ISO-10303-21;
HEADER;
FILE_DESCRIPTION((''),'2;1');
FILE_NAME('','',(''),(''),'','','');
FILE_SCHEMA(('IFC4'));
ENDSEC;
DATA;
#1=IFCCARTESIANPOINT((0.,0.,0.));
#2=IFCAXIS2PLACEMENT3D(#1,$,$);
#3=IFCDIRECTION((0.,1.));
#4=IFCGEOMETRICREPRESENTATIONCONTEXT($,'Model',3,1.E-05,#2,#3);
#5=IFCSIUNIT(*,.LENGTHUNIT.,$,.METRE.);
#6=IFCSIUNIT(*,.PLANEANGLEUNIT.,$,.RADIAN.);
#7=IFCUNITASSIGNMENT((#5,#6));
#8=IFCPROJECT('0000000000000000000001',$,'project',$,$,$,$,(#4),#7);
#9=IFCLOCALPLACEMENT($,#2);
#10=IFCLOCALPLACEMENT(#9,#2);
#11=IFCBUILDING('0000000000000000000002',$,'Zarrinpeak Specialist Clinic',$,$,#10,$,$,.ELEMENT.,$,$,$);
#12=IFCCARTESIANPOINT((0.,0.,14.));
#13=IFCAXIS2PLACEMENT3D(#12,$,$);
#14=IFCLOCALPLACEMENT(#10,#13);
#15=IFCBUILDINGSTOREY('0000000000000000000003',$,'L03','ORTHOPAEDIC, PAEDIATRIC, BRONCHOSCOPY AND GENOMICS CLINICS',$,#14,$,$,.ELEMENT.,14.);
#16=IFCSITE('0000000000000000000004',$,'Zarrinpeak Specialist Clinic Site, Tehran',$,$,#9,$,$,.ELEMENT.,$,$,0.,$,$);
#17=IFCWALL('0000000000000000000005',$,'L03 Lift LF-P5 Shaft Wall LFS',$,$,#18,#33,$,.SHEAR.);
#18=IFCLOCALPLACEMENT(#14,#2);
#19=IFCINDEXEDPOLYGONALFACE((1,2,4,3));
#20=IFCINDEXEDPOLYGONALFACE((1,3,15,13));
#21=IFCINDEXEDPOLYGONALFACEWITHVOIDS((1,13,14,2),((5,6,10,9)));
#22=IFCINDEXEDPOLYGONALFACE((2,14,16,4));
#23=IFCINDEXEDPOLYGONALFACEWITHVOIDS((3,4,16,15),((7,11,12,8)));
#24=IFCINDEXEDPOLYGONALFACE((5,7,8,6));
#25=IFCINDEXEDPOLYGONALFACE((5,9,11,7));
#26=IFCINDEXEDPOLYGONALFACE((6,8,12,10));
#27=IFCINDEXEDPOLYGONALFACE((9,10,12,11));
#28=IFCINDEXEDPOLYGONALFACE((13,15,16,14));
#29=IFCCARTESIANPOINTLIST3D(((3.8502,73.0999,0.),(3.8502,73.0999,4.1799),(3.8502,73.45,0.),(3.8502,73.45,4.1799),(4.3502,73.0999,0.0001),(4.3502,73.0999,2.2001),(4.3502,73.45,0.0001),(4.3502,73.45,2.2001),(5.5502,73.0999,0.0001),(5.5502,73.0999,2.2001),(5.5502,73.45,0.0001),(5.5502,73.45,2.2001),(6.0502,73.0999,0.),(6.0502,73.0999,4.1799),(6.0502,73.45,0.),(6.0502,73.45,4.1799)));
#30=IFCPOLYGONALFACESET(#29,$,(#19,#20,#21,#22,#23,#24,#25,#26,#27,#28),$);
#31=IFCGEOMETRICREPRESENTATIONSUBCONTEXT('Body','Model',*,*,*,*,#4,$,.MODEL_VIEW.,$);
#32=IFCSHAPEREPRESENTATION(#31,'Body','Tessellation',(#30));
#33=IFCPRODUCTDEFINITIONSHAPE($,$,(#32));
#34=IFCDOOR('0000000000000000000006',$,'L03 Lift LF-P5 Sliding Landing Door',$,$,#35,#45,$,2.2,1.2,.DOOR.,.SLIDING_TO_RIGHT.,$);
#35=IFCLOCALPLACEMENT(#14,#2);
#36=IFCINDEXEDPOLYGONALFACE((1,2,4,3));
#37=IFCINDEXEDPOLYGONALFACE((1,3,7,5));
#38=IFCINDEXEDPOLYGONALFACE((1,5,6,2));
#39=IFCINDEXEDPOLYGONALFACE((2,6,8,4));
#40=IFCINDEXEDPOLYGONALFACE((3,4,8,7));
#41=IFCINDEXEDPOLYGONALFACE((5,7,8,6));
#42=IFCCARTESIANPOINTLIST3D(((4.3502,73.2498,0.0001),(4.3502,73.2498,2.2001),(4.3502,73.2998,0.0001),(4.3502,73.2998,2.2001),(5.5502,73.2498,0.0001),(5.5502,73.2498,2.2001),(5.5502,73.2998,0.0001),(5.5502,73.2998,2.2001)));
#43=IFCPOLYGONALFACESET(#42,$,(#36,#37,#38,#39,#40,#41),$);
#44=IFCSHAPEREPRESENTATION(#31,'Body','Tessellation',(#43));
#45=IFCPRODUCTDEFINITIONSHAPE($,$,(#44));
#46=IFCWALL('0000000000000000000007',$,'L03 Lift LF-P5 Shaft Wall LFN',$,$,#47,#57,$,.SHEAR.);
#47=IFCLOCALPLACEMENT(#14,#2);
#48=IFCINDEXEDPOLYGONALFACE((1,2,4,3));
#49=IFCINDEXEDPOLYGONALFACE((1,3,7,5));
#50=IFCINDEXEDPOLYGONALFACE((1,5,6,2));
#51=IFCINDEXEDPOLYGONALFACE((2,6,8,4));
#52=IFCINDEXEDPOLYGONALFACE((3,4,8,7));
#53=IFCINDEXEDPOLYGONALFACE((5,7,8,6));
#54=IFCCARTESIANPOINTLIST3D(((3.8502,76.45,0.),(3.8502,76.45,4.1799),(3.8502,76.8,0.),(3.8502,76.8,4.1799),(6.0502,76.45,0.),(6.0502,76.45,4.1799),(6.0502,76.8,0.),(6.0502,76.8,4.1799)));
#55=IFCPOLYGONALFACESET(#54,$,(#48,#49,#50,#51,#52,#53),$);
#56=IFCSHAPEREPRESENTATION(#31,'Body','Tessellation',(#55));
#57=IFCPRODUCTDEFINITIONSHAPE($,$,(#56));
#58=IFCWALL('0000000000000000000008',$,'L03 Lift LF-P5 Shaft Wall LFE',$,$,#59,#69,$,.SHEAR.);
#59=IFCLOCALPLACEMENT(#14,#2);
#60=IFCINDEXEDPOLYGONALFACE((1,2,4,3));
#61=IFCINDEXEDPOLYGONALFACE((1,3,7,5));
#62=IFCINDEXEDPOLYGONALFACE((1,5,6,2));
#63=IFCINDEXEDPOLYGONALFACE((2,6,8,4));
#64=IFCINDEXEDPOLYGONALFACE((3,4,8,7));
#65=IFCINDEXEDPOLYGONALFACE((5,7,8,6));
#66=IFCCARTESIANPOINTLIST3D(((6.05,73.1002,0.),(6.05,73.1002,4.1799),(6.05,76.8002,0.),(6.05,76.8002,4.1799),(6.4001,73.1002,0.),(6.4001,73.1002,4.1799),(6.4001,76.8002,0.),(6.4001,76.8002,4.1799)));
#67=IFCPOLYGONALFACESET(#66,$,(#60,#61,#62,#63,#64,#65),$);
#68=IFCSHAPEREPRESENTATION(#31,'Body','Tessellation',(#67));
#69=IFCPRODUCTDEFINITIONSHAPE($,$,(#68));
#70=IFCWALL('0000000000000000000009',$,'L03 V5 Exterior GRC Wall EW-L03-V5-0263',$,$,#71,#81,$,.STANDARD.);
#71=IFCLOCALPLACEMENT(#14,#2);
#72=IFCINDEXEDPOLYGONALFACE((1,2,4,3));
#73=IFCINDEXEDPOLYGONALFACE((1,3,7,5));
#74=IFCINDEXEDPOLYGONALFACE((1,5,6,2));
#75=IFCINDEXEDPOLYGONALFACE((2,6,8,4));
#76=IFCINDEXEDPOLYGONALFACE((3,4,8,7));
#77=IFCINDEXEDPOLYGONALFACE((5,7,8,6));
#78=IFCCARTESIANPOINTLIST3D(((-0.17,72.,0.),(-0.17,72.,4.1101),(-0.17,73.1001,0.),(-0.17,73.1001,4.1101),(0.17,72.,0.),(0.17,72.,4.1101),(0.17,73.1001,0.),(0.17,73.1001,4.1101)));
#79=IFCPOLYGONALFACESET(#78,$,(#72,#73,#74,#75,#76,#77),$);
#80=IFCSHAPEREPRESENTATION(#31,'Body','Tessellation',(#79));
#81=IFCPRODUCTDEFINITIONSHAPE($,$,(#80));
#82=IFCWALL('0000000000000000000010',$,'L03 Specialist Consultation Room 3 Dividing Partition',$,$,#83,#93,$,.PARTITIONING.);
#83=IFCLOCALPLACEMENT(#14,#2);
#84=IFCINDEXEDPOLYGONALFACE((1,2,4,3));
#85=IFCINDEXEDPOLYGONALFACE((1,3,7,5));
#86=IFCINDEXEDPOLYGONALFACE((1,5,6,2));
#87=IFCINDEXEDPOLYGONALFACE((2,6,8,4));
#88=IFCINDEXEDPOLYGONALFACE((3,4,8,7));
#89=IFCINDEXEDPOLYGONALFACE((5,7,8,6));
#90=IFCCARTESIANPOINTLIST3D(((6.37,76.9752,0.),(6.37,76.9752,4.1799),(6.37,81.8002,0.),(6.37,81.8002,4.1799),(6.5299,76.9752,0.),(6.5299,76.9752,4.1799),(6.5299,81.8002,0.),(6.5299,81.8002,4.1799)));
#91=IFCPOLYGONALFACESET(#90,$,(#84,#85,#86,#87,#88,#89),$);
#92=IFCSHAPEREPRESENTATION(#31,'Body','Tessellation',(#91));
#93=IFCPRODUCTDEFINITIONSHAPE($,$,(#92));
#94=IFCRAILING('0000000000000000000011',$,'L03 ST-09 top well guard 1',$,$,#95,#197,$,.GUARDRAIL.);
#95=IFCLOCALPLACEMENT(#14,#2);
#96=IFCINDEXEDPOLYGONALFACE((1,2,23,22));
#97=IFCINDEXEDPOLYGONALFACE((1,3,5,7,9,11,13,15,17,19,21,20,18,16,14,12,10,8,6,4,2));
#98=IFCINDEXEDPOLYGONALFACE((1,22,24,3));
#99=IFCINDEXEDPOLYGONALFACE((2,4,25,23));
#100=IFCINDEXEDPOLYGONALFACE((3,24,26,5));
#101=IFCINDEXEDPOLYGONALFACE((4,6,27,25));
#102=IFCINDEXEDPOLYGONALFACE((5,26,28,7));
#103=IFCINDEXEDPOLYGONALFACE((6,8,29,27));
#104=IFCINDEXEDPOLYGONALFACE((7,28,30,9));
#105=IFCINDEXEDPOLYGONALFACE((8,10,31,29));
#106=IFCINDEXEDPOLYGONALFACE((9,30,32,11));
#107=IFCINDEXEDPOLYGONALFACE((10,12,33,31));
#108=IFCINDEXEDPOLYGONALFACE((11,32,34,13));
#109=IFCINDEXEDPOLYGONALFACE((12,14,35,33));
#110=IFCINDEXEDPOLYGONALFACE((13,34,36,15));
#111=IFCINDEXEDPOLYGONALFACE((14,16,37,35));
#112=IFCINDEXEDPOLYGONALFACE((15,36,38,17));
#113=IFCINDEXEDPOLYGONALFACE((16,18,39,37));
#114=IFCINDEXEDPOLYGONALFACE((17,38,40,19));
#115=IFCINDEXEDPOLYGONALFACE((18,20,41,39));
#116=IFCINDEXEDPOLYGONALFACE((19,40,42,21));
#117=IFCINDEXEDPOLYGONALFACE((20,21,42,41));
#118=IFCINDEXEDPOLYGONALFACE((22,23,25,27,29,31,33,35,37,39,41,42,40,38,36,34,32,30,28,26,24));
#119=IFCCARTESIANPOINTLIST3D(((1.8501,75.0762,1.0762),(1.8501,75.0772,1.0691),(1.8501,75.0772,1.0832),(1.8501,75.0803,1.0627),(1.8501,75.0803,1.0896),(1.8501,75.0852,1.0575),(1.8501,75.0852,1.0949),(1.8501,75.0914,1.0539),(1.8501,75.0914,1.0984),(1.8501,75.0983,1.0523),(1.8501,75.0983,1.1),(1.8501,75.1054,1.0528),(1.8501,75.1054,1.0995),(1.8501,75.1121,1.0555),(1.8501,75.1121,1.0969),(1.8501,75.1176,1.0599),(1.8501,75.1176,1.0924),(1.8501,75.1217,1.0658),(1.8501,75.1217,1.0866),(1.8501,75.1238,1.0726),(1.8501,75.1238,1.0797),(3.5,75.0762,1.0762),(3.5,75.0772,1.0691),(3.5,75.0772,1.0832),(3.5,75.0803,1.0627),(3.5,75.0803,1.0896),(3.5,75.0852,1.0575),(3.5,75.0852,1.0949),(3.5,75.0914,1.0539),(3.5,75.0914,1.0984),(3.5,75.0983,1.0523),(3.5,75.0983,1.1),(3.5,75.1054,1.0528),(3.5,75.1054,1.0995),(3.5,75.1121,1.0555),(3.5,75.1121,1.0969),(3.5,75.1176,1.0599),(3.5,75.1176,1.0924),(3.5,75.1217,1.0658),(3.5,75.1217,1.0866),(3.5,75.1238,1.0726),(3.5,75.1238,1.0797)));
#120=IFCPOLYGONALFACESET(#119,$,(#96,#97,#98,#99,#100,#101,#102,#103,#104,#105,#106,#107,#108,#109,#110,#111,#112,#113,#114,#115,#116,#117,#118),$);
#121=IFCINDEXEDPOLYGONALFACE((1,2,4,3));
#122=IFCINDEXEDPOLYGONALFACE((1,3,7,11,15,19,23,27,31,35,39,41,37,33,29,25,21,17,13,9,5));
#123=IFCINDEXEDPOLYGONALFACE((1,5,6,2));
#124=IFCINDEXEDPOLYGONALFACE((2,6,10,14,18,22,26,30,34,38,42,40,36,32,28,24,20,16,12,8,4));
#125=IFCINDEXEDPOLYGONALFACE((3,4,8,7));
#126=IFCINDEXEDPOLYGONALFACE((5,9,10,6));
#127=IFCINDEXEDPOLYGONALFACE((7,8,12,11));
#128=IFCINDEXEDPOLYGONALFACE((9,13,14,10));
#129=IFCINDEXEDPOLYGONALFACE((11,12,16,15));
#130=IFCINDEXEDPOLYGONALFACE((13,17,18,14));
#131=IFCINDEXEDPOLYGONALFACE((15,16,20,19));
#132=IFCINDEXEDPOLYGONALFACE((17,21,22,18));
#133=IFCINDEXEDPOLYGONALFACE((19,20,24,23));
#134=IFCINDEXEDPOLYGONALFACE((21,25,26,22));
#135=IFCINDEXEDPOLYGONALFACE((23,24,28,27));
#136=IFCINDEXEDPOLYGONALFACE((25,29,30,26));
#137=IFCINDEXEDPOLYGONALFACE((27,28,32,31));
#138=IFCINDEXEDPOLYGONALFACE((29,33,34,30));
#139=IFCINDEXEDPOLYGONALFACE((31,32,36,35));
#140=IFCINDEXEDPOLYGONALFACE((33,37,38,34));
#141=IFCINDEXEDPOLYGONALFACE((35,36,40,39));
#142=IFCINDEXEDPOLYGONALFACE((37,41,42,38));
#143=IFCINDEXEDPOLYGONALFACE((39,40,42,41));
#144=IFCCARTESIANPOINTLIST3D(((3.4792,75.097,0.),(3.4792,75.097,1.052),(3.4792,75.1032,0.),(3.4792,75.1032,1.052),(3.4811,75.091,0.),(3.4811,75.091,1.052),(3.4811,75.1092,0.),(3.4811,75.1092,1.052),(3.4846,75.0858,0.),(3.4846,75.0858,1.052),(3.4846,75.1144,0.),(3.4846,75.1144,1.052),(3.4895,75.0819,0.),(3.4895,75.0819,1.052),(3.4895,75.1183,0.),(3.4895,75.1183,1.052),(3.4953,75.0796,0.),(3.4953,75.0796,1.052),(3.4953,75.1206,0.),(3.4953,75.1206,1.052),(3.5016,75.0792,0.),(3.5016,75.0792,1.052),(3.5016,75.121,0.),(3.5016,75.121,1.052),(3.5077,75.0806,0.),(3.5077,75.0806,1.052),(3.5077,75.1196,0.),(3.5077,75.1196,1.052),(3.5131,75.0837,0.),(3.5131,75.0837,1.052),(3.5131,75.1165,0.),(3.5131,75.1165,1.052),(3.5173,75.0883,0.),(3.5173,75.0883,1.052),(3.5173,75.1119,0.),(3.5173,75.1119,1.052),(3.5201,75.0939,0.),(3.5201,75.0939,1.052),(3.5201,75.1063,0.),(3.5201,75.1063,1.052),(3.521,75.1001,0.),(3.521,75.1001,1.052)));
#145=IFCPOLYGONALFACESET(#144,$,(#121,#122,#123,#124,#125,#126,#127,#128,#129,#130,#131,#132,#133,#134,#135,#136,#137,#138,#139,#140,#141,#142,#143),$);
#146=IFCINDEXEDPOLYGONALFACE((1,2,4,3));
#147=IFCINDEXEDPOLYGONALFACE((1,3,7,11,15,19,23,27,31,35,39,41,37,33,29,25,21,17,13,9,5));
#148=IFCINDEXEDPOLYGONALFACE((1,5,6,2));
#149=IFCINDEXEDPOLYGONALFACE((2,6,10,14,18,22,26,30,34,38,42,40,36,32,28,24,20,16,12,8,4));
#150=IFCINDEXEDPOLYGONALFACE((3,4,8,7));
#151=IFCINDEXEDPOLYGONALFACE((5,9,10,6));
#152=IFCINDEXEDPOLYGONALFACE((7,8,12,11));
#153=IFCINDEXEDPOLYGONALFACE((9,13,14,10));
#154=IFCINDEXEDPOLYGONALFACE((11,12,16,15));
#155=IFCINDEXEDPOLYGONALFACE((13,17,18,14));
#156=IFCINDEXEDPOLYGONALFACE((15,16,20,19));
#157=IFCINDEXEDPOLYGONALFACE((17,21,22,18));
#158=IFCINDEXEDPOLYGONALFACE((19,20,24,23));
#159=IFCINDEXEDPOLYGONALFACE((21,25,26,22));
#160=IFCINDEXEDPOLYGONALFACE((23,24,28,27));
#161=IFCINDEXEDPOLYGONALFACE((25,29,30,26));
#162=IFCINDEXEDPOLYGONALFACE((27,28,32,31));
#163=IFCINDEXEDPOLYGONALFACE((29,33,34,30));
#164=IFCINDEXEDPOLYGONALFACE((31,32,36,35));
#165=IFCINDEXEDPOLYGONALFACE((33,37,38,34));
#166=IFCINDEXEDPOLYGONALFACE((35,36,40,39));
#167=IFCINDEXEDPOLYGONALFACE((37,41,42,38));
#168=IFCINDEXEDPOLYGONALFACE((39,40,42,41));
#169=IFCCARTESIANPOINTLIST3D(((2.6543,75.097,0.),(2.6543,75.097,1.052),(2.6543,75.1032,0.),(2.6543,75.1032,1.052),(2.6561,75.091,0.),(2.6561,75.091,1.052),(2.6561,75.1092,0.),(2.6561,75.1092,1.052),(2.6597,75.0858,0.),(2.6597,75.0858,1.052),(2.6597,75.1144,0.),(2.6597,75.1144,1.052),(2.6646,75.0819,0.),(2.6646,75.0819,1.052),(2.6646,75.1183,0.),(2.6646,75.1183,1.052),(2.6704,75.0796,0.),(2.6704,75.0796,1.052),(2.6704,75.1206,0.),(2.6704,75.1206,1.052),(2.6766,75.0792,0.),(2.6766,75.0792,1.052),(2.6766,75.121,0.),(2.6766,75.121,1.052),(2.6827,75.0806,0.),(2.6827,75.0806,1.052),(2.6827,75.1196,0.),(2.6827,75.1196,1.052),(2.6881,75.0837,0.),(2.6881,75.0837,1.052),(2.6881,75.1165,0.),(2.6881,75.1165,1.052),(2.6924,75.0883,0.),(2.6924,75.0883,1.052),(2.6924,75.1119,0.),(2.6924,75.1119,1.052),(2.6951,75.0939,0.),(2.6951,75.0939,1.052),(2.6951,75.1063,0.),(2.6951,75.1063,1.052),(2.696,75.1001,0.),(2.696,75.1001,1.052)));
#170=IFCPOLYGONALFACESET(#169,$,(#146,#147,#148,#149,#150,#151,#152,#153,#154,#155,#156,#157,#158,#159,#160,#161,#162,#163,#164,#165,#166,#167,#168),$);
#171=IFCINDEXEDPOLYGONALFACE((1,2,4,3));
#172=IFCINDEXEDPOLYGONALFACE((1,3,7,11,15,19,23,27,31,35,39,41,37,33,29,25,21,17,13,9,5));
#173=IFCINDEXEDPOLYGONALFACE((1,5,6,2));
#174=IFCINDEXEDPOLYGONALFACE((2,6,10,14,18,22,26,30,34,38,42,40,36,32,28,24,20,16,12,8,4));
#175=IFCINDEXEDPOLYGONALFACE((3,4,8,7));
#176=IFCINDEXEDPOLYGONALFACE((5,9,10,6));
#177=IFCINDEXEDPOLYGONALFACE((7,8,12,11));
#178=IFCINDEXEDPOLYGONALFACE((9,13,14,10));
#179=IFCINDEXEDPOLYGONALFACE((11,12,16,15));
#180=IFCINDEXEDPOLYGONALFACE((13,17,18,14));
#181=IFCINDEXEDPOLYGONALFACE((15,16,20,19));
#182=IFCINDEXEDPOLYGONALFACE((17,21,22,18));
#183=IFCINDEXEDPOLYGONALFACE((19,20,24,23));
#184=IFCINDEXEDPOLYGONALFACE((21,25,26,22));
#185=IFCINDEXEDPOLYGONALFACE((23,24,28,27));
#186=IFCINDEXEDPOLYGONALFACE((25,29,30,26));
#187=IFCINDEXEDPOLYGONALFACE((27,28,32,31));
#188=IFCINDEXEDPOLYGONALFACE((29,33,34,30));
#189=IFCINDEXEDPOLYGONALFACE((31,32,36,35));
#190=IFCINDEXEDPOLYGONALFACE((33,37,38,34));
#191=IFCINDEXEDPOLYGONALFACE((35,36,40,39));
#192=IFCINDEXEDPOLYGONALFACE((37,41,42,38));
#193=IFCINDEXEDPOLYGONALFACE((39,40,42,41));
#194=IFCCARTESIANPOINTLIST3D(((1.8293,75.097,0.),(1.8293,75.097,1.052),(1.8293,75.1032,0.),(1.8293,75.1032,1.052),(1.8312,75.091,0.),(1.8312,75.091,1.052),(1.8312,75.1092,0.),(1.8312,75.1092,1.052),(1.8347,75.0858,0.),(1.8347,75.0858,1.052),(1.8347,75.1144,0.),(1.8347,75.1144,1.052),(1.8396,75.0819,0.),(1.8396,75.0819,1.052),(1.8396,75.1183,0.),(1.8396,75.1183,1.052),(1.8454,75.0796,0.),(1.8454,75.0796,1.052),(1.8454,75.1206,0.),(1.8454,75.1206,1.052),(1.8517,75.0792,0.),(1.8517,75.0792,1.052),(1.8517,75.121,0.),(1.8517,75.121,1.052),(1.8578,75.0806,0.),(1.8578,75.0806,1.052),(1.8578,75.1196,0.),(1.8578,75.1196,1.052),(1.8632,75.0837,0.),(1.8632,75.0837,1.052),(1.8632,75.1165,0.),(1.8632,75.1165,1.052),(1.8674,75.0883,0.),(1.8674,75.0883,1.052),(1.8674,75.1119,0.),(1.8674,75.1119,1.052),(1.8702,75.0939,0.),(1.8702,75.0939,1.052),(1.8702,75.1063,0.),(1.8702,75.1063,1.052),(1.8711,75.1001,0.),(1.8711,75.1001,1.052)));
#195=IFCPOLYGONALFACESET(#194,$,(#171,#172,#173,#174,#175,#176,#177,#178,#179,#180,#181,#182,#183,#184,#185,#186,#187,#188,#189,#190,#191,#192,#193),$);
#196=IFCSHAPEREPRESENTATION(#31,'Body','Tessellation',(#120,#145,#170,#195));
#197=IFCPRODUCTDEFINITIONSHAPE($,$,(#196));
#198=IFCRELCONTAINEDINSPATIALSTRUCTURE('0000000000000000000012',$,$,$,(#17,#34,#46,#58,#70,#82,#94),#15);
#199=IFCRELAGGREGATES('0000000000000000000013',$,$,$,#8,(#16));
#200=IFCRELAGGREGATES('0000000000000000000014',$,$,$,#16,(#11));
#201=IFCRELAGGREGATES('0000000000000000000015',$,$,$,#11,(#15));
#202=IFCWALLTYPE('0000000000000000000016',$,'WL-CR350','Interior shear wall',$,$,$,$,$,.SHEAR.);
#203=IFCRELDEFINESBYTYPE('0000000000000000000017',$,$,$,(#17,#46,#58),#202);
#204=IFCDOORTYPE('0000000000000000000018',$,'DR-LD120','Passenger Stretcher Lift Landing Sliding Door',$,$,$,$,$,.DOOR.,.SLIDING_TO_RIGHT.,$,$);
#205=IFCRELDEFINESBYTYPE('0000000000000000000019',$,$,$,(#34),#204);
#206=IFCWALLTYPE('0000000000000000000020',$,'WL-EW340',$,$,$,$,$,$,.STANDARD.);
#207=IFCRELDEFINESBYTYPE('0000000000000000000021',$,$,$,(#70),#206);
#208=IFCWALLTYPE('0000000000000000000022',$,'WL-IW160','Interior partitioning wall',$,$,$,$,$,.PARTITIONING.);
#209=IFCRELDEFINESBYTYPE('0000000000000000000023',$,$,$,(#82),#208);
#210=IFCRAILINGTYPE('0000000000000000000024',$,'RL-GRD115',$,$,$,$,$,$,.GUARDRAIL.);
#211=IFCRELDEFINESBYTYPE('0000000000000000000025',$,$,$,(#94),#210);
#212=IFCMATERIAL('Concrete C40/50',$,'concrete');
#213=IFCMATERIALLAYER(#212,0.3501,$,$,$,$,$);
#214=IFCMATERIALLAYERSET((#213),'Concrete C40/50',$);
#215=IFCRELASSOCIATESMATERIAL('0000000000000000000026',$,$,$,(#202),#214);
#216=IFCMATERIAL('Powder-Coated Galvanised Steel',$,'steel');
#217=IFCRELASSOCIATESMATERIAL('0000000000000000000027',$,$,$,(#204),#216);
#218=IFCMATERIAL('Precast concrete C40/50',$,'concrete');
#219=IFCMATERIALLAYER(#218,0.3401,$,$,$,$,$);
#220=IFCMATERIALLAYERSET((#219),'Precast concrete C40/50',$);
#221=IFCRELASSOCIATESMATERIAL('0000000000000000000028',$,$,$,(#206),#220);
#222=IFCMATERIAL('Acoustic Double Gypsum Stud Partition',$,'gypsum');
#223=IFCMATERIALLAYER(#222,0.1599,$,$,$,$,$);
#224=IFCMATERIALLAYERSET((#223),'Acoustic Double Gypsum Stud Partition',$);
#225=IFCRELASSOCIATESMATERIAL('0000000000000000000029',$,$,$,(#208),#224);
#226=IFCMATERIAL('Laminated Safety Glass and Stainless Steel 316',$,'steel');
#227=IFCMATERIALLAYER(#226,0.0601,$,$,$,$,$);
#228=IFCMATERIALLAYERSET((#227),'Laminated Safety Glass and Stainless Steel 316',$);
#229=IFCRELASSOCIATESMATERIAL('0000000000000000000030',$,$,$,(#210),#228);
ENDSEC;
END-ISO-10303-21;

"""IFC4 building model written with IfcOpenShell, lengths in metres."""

from ifc_helpers import new_model, si_unit, direction, frame, frame_2d, origin, origin_2d, place, context, subcontext, project, spatial, rectangle, circle, extrude, material, layer, layer_set, type_object, element, fill, save


model = new_model("IFC4")

# Units and contexts
model_context = context("Model", 3, precision=1e-05, world=origin(), true_north=direction((0.0, 1.0)))
body_context = subcontext(model_context, "Body", "Model", "MODEL_VIEW")
ifc_project = project(units=[si_unit("LENGTHUNIT", "METRE"), si_unit("PLANEANGLEUNIT", "RADIAN")], contexts=[model_context])

# Site, building, storey
site_placement = place(None, origin())
site = spatial("IfcSite", under=ifc_project, at=site_placement, Name="Zarrinpeak Specialist Clinic Site, Tehran", CompositionType="ELEMENT", RefElevation=0.0)
building_placement = place(site_placement, origin())
building = spatial("IfcBuilding", under=site, at=building_placement, Name="Zarrinpeak Specialist Clinic", CompositionType="ELEMENT")
storey_placement = place(building_placement, frame((0.0, 0.0, 14.0)))
storey = spatial("IfcBuildingStorey", under=building, at=storey_placement, Name="L03", Description="ORTHOPAEDIC, PAEDIATRIC, BRONCHOSCOPY AND GENOMICS CLINICS", CompositionType="ELEMENT", Elevation=14.0)

# Shared definitions
ifc_material_1 = material(Name="Concrete C40/50", Category="concrete")
ifc_layer_1 = layer(ifc_material_1, 0.3501)
ifc_layer_set_1 = layer_set([ifc_layer_1], Name="Concrete C40/50")
wall_type_1 = type_object("IfcWallType", Name="WL-CR350", Description="Interior shear wall", PredefinedType="SHEAR", material=ifc_layer_set_1)
ifc_material_2 = material(Name="Powder-Coated Galvanised Steel", Category="steel")

# Wall, opening, door
wall_1_placement = place(storey_placement, frame((3.8501, 73.2749, 0.0), z_axis=(0.0, 0.0, 1.0), x_axis=(1.0, 0.0, 0.0)))
wall_1 = element("IfcWall", 1, at=wall_1_placement, inside=storey, type_object=wall_type_1, Name="L03 Lift LF-P5 Shaft Wall LFS", PredefinedType="SHEAR", context=body_context, shape_type="SweptSolid", body=[
    extrude(rectangle(XDim=2.2, YDim=0.3501, at=frame_2d((1.1001, 0.0))), origin(), (0.0, 0.0, 1.0), 4.1799),
])
opening_1_placement = place(wall_1_placement, frame((0.5, 0.0, 0.0)))
opening_1 = element("IfcOpeningElement", 2, at=opening_1_placement, cuts=wall_1, PredefinedType="OPENING", context=body_context, shape_type="SweptSolid", body=[
    extrude(rectangle(XDim=1.2, YDim=2.2, at=frame_2d((0.6001, 1.1001))), frame((0.0, 0.1851, 0.0), z_axis=(0.0, -1.0, 0.0), x_axis=(1.0, 0.0, 0.0)), (0.0, 0.0, 1.0), 0.3701),
])
door_type_1 = type_object("IfcDoorType", Name="DR-LD120", Description="Passenger Stretcher Lift Landing Sliding Door", OperationType="SLIDING_TO_RIGHT", PredefinedType="DOOR", material=ifc_material_2)
door_1_placement = place(opening_1_placement, origin())
door_1 = element("IfcDoor", 3, at=door_1_placement, inside=storey, type_object=door_type_1, Name="L03 Lift LF-P5 Sliding Landing Door", OperationType="SLIDING_TO_RIGHT", OverallHeight=2.2, OverallWidth=1.2, PredefinedType="DOOR", context=body_context, shape_type="SweptSolid", body=[
    extrude(rectangle(XDim=1.2, YDim=2.2, at=frame_2d((0.6001, 1.1001))), frame((0.0, 0.0249, 0.0), z_axis=(0.0, -1.0, 0.0), x_axis=(1.0, 0.0, 0.0)), (0.0, 0.0, 1.0), 0.05),
])
fill(opening_1, door_1)

# Walls
wall_2_placement = place(storey_placement, frame((3.8501, 76.625, 0.0), z_axis=(0.0, 0.0, 1.0), x_axis=(1.0, 0.0, 0.0)))
element("IfcWall", 4, at=wall_2_placement, inside=storey, type_object=wall_type_1, Name="L03 Lift LF-P5 Shaft Wall LFN", PredefinedType="SHEAR", context=body_context, shape_type="SweptSolid", body=[
    extrude(rectangle(XDim=2.2, YDim=0.3501, at=frame_2d((1.1001, 0.0))), origin(), (0.0, 0.0, 1.0), 4.1799),
])
wall_3_placement = place(storey_placement, frame((6.2251, 73.1001, 0.0), z_axis=(0.0, 0.0, 1.0), x_axis=(0.0, 1.0, 0.0)))
element("IfcWall", 5, at=wall_3_placement, inside=storey, type_object=wall_type_1, Name="L03 Lift LF-P5 Shaft Wall LFE", PredefinedType="SHEAR", context=body_context, shape_type="SweptSolid", body=[
    extrude(rectangle(XDim=3.7, YDim=0.3501, at=frame_2d((1.8501, 0.0))), origin(), (0.0, 0.0, 1.0), 4.1799),
])
ifc_material_3 = material(Name="Precast concrete C40/50", Category="concrete")
ifc_layer_2 = layer(ifc_material_3, 0.3401)
ifc_layer_set_2 = layer_set([ifc_layer_2], Name="Precast concrete C40/50")
wall_type_2 = type_object("IfcWallType", Name="WL-EW340", PredefinedType="STANDARD", material=ifc_layer_set_2)
wall_4_placement = place(storey_placement, frame((0.0, 73.1001, 0.0), z_axis=(0.0, 0.0, 1.0), x_axis=(0.0, -1.0, 0.0)))
element("IfcWall", 6, at=wall_4_placement, inside=storey, type_object=wall_type_2, Name="L03 V5 Exterior GRC Wall EW-L03-V5-0263", PredefinedType="STANDARD", context=body_context, shape_type="SweptSolid", body=[
    extrude(rectangle(XDim=1.1001, YDim=0.3401, at=frame_2d((0.55, 0.0))), origin(), (0.0, 0.0, 1.0), 4.1101),
])
ifc_material_4 = material(Name="Acoustic Double Gypsum Stud Partition", Category="gypsum")
ifc_layer_3 = layer(ifc_material_4, 0.1599)
ifc_layer_set_3 = layer_set([ifc_layer_3], Name="Acoustic Double Gypsum Stud Partition")
wall_type_3 = type_object("IfcWallType", Name="WL-IW160", Description="Interior partitioning wall", PredefinedType="PARTITIONING", material=ifc_layer_set_3)
wall_5_placement = place(storey_placement, frame((6.45, 76.9751, 0.0), z_axis=(0.0, 0.0, 1.0), x_axis=(0.0, 1.0, 0.0)))
element("IfcWall", 7, at=wall_5_placement, inside=storey, type_object=wall_type_3, Name="L03 Specialist Consultation Room 3 Dividing Partition", PredefinedType="PARTITIONING", context=body_context, shape_type="SweptSolid", body=[
    extrude(rectangle(XDim=4.825, YDim=0.1599, at=frame_2d((2.4126, 0.0))), origin(), (0.0, 0.0, 1.0), 4.1799),
])

# Railing
ifc_material_5 = material(Name="Laminated Safety Glass and Stainless Steel 316", Category="steel")
ifc_layer_4 = layer(ifc_material_5, 0.0601)
ifc_layer_set_4 = layer_set([ifc_layer_4], Name="Laminated Safety Glass and Stainless Steel 316")
railing_type = type_object("IfcRailingType", Name="RL-GRD115", PredefinedType="GUARDRAIL", material=ifc_layer_set_4)
railing_placement = place(storey_placement, frame((3.5, 75.1001, 0.0)))
element("IfcRailing", 8, at=railing_placement, inside=storey, type_object=railing_type, Name="L03 ST-09 top well guard 1", PredefinedType="GUARDRAIL", context=body_context, shape_type="SweptSolid", body=[
    extrude(circle(Radius=0.0239, at=origin_2d()), frame((0.0, 0.0, 1.0762), z_axis=(-1.0, 0.0, 0.0), x_axis=(0.0, -1.0, 0.0)), (0.0, 0.0, 1.0), 1.6499),
    extrude(circle(Radius=0.021, at=origin_2d()), origin(), (0.0, 0.0, 1.0), 1.052),
    extrude(circle(Radius=0.021, at=origin_2d()), frame((-0.825, 0.0, 0.0)), (0.0, 0.0, 1.0), 1.052),
    extrude(circle(Radius=0.021, at=origin_2d()), frame((-1.6499, 0.0, 0.0)), (0.0, 0.0, 1.0), 1.052),
])

save(model, "model.ifc")
